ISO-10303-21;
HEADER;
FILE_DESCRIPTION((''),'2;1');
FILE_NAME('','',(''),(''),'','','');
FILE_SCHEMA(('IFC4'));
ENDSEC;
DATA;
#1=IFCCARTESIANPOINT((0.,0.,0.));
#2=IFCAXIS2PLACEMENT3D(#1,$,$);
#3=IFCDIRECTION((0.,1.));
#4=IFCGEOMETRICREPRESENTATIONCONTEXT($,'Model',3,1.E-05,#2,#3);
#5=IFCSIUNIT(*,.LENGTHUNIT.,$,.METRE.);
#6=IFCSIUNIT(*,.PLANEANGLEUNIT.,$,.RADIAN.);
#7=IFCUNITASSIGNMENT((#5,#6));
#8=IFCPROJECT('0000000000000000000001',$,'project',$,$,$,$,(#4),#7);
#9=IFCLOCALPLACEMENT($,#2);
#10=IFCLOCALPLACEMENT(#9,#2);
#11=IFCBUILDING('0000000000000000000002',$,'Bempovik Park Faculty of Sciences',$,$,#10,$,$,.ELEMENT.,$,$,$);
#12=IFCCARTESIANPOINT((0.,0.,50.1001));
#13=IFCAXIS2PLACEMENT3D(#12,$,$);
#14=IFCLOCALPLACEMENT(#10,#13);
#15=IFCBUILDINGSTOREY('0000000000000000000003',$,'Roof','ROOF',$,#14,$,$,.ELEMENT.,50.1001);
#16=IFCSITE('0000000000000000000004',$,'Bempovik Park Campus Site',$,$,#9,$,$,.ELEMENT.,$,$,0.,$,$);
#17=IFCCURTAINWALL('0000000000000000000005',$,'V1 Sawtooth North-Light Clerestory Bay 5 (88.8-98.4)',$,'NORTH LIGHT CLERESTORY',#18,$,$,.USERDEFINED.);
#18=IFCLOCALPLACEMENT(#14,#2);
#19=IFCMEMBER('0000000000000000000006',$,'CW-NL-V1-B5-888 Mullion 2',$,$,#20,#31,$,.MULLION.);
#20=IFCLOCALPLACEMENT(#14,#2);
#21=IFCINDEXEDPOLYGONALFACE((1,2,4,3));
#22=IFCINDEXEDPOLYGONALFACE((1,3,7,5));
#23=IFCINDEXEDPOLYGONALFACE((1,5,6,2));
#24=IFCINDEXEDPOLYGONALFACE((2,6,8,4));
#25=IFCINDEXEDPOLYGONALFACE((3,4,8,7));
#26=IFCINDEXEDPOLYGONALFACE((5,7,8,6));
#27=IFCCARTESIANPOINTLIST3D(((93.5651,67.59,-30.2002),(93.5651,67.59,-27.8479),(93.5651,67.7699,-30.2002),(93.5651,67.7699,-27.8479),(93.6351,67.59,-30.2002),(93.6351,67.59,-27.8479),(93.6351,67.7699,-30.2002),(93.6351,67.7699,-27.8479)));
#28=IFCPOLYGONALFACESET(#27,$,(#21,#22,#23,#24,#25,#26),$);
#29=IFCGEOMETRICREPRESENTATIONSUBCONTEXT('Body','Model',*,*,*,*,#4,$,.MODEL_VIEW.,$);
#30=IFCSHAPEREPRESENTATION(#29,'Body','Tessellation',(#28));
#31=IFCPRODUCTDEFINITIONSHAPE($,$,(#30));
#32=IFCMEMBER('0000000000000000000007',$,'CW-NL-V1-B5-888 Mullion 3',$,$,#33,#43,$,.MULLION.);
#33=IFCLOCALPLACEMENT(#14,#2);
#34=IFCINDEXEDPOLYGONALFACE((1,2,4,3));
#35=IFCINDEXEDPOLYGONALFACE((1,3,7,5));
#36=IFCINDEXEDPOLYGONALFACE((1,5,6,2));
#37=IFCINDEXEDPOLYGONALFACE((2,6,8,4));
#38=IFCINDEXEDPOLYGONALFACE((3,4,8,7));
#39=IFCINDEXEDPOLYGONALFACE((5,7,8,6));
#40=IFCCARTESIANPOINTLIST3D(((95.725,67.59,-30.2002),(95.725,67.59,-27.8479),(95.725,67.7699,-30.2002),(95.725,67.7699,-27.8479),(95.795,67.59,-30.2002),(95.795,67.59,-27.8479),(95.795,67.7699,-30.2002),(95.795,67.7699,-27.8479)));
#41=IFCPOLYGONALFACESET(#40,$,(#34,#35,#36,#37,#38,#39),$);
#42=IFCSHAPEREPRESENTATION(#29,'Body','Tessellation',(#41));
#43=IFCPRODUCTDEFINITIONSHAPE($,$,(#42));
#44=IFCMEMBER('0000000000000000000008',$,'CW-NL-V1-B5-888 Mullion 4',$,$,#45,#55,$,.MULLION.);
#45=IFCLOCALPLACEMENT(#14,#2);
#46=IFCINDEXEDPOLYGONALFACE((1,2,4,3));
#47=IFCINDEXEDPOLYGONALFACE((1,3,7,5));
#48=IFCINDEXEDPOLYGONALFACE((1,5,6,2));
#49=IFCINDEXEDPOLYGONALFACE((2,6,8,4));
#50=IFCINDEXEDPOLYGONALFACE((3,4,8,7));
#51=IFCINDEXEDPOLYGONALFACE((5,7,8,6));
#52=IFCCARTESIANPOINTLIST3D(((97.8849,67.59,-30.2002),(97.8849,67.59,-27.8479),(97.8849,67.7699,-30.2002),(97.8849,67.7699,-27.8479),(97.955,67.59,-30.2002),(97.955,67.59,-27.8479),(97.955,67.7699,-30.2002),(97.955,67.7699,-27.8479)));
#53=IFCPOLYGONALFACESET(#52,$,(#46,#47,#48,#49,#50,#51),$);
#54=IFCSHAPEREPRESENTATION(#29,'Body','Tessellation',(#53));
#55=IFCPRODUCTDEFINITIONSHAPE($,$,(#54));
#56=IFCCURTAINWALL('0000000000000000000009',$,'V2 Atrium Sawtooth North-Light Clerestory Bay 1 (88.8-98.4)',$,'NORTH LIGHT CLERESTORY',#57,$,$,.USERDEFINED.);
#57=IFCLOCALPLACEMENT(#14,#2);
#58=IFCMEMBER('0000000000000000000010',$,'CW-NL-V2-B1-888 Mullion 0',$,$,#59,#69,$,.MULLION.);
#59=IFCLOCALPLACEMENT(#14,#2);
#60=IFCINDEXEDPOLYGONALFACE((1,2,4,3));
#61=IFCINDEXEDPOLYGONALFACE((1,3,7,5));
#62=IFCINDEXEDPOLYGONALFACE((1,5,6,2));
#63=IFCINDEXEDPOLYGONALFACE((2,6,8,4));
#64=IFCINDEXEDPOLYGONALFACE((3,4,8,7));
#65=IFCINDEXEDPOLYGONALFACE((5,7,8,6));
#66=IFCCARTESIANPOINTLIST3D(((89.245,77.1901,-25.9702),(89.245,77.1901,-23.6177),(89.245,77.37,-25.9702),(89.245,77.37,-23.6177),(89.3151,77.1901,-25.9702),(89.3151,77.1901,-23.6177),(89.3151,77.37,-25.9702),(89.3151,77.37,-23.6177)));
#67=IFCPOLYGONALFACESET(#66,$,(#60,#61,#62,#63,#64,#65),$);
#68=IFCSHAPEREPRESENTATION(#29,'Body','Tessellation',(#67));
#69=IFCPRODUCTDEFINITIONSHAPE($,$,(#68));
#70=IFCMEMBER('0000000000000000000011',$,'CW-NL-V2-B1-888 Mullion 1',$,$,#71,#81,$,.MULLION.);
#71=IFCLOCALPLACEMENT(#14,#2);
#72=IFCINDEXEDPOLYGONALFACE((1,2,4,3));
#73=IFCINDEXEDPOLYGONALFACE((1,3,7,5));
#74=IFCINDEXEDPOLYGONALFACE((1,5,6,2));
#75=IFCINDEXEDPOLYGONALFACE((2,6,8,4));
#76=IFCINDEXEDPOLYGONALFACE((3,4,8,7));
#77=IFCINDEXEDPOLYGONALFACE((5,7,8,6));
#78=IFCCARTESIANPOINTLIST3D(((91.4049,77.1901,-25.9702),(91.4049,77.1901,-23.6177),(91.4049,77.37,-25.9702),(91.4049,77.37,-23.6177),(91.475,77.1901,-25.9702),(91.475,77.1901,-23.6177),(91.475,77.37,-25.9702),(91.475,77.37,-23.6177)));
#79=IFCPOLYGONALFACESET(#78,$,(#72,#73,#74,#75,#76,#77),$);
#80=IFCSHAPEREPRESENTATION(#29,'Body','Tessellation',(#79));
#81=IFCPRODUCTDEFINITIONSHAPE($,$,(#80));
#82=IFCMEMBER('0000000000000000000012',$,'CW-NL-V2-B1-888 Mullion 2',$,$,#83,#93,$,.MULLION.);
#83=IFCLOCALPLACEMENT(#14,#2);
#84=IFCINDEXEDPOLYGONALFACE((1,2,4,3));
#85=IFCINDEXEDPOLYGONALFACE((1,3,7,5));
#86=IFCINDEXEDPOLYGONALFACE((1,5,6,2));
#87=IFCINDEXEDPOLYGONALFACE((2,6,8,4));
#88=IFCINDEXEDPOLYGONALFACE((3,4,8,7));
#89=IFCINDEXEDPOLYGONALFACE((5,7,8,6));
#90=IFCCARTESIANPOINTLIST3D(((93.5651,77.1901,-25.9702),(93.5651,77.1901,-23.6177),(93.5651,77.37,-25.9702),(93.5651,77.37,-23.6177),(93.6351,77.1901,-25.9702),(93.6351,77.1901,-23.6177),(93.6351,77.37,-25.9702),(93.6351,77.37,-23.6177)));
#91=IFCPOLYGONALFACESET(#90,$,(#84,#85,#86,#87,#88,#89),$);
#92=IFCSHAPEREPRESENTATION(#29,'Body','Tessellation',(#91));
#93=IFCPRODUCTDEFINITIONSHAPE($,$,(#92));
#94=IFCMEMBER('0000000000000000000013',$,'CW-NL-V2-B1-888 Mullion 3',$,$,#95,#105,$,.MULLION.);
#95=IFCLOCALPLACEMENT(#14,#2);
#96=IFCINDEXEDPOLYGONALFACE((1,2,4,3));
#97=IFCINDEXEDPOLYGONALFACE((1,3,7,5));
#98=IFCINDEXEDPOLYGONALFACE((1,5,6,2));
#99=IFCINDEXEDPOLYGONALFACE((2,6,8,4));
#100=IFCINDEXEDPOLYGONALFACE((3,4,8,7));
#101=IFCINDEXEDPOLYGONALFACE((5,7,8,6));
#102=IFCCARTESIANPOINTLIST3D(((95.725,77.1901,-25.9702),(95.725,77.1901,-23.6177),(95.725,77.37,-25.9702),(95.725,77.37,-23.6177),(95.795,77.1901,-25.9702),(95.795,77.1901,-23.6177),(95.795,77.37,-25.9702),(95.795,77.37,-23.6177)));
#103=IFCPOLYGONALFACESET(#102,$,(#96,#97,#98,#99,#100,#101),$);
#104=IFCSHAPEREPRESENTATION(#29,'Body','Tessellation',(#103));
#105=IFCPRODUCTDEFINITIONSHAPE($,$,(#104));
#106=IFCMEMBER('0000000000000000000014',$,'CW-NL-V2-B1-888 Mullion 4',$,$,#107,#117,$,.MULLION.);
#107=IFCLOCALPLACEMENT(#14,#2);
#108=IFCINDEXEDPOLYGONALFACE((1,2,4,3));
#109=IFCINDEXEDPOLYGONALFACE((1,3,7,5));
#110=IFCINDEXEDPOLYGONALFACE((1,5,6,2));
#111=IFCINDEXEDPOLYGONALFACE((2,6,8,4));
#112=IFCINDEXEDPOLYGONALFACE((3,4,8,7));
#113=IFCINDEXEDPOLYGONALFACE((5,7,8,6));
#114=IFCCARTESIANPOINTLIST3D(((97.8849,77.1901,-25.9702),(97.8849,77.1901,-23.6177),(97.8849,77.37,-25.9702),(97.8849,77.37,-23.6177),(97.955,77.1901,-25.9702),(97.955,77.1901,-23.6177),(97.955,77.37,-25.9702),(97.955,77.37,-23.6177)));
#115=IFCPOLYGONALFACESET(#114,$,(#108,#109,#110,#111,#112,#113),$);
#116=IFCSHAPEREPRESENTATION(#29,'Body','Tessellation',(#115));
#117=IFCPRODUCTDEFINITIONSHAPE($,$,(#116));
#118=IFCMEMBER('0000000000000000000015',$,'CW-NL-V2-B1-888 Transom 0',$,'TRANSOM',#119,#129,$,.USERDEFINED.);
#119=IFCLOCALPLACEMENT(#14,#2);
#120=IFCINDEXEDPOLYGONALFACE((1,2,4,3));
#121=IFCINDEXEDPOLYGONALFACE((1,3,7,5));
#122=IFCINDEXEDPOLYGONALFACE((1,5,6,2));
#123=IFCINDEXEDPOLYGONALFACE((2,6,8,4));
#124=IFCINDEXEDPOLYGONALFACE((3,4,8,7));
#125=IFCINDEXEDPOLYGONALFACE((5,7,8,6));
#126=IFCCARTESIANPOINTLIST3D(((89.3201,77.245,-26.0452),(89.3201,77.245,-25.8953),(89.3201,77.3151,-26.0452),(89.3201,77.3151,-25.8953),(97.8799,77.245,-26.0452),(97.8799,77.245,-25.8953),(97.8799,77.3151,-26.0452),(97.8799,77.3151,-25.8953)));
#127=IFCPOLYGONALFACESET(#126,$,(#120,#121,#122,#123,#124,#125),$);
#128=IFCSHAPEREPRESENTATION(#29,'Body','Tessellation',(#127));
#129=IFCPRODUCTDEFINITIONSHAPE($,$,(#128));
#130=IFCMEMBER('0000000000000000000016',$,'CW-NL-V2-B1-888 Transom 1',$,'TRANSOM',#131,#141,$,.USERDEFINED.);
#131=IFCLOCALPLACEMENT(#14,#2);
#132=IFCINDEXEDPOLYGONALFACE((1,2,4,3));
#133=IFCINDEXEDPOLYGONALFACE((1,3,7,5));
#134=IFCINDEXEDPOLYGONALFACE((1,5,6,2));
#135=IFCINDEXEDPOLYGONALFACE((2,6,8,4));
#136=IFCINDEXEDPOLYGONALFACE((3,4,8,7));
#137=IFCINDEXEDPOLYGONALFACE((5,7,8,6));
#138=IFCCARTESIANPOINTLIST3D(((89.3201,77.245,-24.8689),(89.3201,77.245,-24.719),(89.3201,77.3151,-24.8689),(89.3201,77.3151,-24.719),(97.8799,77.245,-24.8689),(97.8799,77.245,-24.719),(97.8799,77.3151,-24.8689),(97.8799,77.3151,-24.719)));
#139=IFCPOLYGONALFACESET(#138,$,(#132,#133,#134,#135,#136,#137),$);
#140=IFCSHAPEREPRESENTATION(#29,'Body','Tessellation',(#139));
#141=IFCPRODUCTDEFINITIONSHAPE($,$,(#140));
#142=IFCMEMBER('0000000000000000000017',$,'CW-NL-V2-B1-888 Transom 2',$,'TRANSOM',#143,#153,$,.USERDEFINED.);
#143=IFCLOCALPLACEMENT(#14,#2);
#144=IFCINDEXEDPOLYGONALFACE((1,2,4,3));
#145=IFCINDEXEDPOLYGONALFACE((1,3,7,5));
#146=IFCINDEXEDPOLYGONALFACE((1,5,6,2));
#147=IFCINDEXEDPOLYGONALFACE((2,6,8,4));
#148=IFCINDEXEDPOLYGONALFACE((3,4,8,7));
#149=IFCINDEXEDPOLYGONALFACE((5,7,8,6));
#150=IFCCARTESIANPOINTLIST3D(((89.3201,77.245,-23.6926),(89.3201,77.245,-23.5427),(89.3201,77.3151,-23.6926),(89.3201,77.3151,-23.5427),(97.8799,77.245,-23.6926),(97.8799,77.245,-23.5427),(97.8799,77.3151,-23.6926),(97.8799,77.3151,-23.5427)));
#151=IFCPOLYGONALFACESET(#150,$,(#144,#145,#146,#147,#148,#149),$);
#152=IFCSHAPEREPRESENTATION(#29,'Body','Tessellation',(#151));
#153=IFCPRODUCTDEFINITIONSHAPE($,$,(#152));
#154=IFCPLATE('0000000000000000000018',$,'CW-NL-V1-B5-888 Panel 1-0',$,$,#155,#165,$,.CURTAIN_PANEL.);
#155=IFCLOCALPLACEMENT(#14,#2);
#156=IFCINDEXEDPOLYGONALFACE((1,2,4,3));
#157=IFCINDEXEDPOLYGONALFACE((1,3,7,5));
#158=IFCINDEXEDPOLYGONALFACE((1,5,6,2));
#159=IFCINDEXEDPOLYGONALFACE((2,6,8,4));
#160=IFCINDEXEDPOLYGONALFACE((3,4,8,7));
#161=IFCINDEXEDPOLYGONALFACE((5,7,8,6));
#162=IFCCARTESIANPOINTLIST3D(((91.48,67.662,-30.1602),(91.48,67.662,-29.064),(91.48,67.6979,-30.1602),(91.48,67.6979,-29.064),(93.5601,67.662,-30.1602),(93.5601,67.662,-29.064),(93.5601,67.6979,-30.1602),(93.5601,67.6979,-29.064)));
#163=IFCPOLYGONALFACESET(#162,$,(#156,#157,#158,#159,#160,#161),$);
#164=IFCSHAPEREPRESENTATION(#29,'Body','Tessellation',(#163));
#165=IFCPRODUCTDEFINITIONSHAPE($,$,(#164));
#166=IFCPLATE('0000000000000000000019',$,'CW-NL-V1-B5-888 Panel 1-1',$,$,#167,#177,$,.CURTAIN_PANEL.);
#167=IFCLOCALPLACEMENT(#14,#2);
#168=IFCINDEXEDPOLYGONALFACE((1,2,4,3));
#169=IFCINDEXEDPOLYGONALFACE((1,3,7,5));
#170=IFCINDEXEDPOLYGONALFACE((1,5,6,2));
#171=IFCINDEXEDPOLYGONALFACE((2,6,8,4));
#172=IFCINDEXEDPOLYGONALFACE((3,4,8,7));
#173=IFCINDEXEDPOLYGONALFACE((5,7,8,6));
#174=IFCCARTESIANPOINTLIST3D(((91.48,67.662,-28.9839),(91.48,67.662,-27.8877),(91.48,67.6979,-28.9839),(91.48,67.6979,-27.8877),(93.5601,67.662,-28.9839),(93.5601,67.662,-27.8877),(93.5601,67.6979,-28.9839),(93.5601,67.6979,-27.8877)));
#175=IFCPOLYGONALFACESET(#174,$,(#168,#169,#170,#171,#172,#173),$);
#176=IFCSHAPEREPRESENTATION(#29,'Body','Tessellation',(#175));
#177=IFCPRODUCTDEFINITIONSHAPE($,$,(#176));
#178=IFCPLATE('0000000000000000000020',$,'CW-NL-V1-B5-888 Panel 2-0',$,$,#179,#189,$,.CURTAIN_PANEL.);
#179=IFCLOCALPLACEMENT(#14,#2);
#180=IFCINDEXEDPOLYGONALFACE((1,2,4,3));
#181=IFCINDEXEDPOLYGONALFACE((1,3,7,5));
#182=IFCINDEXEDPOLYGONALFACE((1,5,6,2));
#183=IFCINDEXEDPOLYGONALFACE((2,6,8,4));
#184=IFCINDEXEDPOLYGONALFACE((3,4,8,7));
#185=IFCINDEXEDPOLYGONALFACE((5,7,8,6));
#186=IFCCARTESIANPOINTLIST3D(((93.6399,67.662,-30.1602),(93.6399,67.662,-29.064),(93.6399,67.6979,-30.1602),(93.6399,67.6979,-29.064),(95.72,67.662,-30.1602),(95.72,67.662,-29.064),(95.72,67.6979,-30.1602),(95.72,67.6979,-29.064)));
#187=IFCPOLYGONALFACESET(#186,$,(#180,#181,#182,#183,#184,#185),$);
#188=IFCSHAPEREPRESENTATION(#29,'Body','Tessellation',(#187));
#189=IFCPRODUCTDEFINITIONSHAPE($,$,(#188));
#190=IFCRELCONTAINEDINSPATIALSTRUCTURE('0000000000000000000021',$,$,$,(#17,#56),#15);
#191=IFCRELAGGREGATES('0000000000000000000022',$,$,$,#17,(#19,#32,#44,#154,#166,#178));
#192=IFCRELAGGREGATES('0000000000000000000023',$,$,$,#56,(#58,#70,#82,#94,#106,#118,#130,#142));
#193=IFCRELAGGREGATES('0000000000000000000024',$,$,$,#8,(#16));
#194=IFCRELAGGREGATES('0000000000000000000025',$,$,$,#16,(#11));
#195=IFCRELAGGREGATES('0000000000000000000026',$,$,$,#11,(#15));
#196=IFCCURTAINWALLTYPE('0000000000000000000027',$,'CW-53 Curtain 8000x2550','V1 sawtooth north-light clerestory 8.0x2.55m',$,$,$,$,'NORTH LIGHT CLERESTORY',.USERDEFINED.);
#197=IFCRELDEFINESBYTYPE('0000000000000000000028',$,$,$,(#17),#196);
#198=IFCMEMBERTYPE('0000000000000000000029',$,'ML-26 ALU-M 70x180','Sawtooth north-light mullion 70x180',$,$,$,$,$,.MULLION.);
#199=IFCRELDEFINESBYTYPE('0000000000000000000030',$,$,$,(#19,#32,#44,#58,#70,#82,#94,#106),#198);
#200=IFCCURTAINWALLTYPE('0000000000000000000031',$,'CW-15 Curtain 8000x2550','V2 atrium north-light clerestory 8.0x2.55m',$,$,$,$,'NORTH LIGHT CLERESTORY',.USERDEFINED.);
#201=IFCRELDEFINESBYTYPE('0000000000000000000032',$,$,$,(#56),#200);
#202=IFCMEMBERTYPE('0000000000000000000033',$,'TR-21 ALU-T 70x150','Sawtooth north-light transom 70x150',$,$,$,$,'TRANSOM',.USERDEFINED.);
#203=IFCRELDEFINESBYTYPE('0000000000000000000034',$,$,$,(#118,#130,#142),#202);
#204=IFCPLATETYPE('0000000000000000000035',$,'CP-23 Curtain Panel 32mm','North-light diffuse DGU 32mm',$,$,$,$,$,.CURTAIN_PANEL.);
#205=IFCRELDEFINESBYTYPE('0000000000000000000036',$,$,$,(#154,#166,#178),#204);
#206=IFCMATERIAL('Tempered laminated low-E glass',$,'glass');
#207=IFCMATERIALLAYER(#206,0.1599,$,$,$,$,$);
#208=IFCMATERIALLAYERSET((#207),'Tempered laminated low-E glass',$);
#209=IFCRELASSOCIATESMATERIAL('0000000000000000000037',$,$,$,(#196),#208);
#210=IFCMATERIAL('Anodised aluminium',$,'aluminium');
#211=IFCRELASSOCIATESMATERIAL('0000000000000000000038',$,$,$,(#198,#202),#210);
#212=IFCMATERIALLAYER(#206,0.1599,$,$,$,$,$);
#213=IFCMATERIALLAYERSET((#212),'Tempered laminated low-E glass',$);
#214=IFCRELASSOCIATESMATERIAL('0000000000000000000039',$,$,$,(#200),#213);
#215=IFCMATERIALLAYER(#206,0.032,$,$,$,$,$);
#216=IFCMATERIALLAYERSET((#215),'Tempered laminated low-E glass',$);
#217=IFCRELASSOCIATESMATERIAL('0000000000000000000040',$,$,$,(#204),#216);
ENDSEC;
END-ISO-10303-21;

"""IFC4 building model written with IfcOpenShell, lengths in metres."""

from ifc_helpers import new_model, si_unit, direction, frame, origin, origin_2d, place, context, subcontext, project, spatial, rectangle, extrude, material, layer, layer_set, material_profile, profile_set, type_object, element, aggregate, save


model = new_model("IFC4")

# Units and contexts
model_context = context("Model", 3, precision=1e-05, world=origin(), true_north=direction((0.0, 1.0)))
body_context = subcontext(model_context, "Body", "Model", "MODEL_VIEW")
ifc_project = project(units=[si_unit("LENGTHUNIT", "METRE"), si_unit("PLANEANGLEUNIT", "RADIAN")], contexts=[model_context])

# Site, building, storey
site_placement = place(None, origin())
site = spatial("IfcSite", under=ifc_project, at=site_placement, Name="Bempovik Park Campus Site", CompositionType="ELEMENT", RefElevation=0.0)
building_placement = place(site_placement, origin())
building = spatial("IfcBuilding", under=site, at=building_placement, Name="Bempovik Park Faculty of Sciences", CompositionType="ELEMENT")
storey_placement = place(building_placement, frame((0.0, 0.0, 50.1001)))
storey = spatial("IfcBuildingStorey", under=building, at=storey_placement, Name="Roof", Description="ROOF", CompositionType="ELEMENT", Elevation=50.1001)

# Curtain walls, members
ifc_material_1 = material(Name="Tempered laminated low-E glass", Category="glass")
ifc_layer_1 = layer(ifc_material_1, 0.1599)
ifc_layer_set_1 = layer_set([ifc_layer_1], Name="Tempered laminated low-E glass")
curtain_wall_type_1 = type_object("IfcCurtainWallType", Name="CW-53 Curtain 8000x2550", Description="V1 sawtooth north-light clerestory 8.0x2.55m", ElementType="NORTH LIGHT CLERESTORY", PredefinedType="USERDEFINED", material=ifc_layer_set_1)
curtain_wall_1_placement = place(storey_placement, origin())
curtain_wall_1 = element("IfcCurtainWall", 1, at=curtain_wall_1_placement, inside=storey, type_object=curtain_wall_type_1, Name="V1 Sawtooth North-Light Clerestory Bay 5 (88.8-98.4)", ObjectType="NORTH LIGHT CLERESTORY", PredefinedType="USERDEFINED")
ifc_material_2 = material(Name="Anodised aluminium", Category="aluminium")
ifc_material_profile_1 = material_profile(ifc_material_2, rectangle(XDim=0.0701, YDim=0.1799, at=origin_2d()), Name="ALU-M 70x180")
ifc_profile_set_1 = profile_set([ifc_material_profile_1], Name="Anodised aluminium")
member_type_1 = type_object("IfcMemberType", Name="ML-26 ALU-M 70x180", Description="Sawtooth north-light mullion 70x180", PredefinedType="MULLION", material=ifc_profile_set_1)
member_1_placement = place(storey_placement, frame((93.6001, 67.6799, -30.2002), z_axis=(0.0, 0.0, 1.0), x_axis=(1.0, 0.0, 0.0)))
member_1 = element("IfcMember", 2, at=member_1_placement, type_object=member_type_1, Name="CW-NL-V1-B5-888 Mullion 2", PredefinedType="MULLION", context=body_context, shape_type="SweptSolid", body=[
    extrude(rectangle(XDim=0.0701, YDim=0.1799, at=origin_2d()), origin(), (0.0, 0.0, 1.0), 2.3523),
])
member_2_placement = place(storey_placement, frame((95.76, 67.6799, -30.2002), z_axis=(0.0, 0.0, 1.0), x_axis=(1.0, 0.0, 0.0)))
member_2 = element("IfcMember", 3, at=member_2_placement, type_object=member_type_1, Name="CW-NL-V1-B5-888 Mullion 3", PredefinedType="MULLION", context=body_context, shape_type="SweptSolid", body=[
    extrude(rectangle(XDim=0.0701, YDim=0.1799, at=origin_2d()), origin(), (0.0, 0.0, 1.0), 2.3523),
])
member_3_placement = place(storey_placement, frame((97.9199, 67.6799, -30.2002), z_axis=(0.0, 0.0, 1.0), x_axis=(1.0, 0.0, 0.0)))
member_3 = element("IfcMember", 4, at=member_3_placement, type_object=member_type_1, Name="CW-NL-V1-B5-888 Mullion 4", PredefinedType="MULLION", context=body_context, shape_type="SweptSolid", body=[
    extrude(rectangle(XDim=0.0701, YDim=0.1799, at=origin_2d()), origin(), (0.0, 0.0, 1.0), 2.3523),
])
ifc_layer_2 = layer(ifc_material_1, 0.1599)
ifc_layer_set_2 = layer_set([ifc_layer_2], Name="Tempered laminated low-E glass")
curtain_wall_type_2 = type_object("IfcCurtainWallType", Name="CW-15 Curtain 8000x2550", Description="V2 atrium north-light clerestory 8.0x2.55m", ElementType="NORTH LIGHT CLERESTORY", PredefinedType="USERDEFINED", material=ifc_layer_set_2)
curtain_wall_2_placement = place(storey_placement, origin())
curtain_wall_2 = element("IfcCurtainWall", 5, at=curtain_wall_2_placement, inside=storey, type_object=curtain_wall_type_2, Name="V2 Atrium Sawtooth North-Light Clerestory Bay 1 (88.8-98.4)", ObjectType="NORTH LIGHT CLERESTORY", PredefinedType="USERDEFINED")
member_4_placement = place(storey_placement, frame((89.28, 77.28, -25.9702), z_axis=(0.0, 0.0, 1.0), x_axis=(1.0, 0.0, 0.0)))
member_4 = element("IfcMember", 6, at=member_4_placement, type_object=member_type_1, Name="CW-NL-V2-B1-888 Mullion 0", PredefinedType="MULLION", context=body_context, shape_type="SweptSolid", body=[
    extrude(rectangle(XDim=0.0701, YDim=0.1799, at=origin_2d()), origin(), (0.0, 0.0, 1.0), 2.3525),
])
member_5_placement = place(storey_placement, frame((91.4399, 77.28, -25.9702), z_axis=(0.0, 0.0, 1.0), x_axis=(1.0, 0.0, 0.0)))
member_5 = element("IfcMember", 7, at=member_5_placement, type_object=member_type_1, Name="CW-NL-V2-B1-888 Mullion 1", PredefinedType="MULLION", context=body_context, shape_type="SweptSolid", body=[
    extrude(rectangle(XDim=0.0701, YDim=0.1799, at=origin_2d()), origin(), (0.0, 0.0, 1.0), 2.3525),
])
member_6_placement = place(storey_placement, frame((93.6001, 77.28, -25.9702), z_axis=(0.0, 0.0, 1.0), x_axis=(1.0, 0.0, 0.0)))
member_6 = element("IfcMember", 8, at=member_6_placement, type_object=member_type_1, Name="CW-NL-V2-B1-888 Mullion 2", PredefinedType="MULLION", context=body_context, shape_type="SweptSolid", body=[
    extrude(rectangle(XDim=0.0701, YDim=0.1799, at=origin_2d()), origin(), (0.0, 0.0, 1.0), 2.3525),
])
member_7_placement = place(storey_placement, frame((95.76, 77.28, -25.9702), z_axis=(0.0, 0.0, 1.0), x_axis=(1.0, 0.0, 0.0)))
member_7 = element("IfcMember", 9, at=member_7_placement, type_object=member_type_1, Name="CW-NL-V2-B1-888 Mullion 3", PredefinedType="MULLION", context=body_context, shape_type="SweptSolid", body=[
    extrude(rectangle(XDim=0.0701, YDim=0.1799, at=origin_2d()), origin(), (0.0, 0.0, 1.0), 2.3525),
])
member_8_placement = place(storey_placement, frame((97.9199, 77.28, -25.9702), z_axis=(0.0, 0.0, 1.0), x_axis=(1.0, 0.0, 0.0)))
member_8 = element("IfcMember", 10, at=member_8_placement, type_object=member_type_1, Name="CW-NL-V2-B1-888 Mullion 4", PredefinedType="MULLION", context=body_context, shape_type="SweptSolid", body=[
    extrude(rectangle(XDim=0.0701, YDim=0.1799, at=origin_2d()), origin(), (0.0, 0.0, 1.0), 2.3525),
])
ifc_material_profile_2 = material_profile(ifc_material_2, rectangle(XDim=0.0701, YDim=0.1499, at=origin_2d()), Name="ALU-T 70x150")
ifc_profile_set_2 = profile_set([ifc_material_profile_2], Name="Anodised aluminium")
member_type_2 = type_object("IfcMemberType", Name="TR-21 ALU-T 70x150", Description="Sawtooth north-light transom 70x150", ElementType="TRANSOM", PredefinedType="USERDEFINED", material=ifc_profile_set_2)
member_9_placement = place(storey_placement, frame((89.3201, 77.28, -25.9702), z_axis=(1.0, 0.0, 0.0), x_axis=(0.0, 1.0, 0.0)))
member_9 = element("IfcMember", 11, at=member_9_placement, type_object=member_type_2, Name="CW-NL-V2-B1-888 Transom 0", ObjectType="TRANSOM", PredefinedType="USERDEFINED", context=body_context, shape_type="SweptSolid", body=[
    extrude(rectangle(XDim=0.0701, YDim=0.1499, at=origin_2d()), origin(), (0.0, 0.0, 1.0), 8.5598),
])
member_10_placement = place(storey_placement, frame((89.3201, 77.28, -24.7939), z_axis=(1.0, 0.0, 0.0), x_axis=(0.0, 1.0, 0.0)))
member_10 = element("IfcMember", 12, at=member_10_placement, type_object=member_type_2, Name="CW-NL-V2-B1-888 Transom 1", ObjectType="TRANSOM", PredefinedType="USERDEFINED", context=body_context, shape_type="SweptSolid", body=[
    extrude(rectangle(XDim=0.0701, YDim=0.1499, at=origin_2d()), origin(), (0.0, 0.0, 1.0), 8.5598),
])
member_11_placement = place(storey_placement, frame((89.3201, 77.28, -23.6177), z_axis=(1.0, 0.0, 0.0), x_axis=(0.0, 1.0, 0.0)))
member_11 = element("IfcMember", 13, at=member_11_placement, type_object=member_type_2, Name="CW-NL-V2-B1-888 Transom 2", ObjectType="TRANSOM", PredefinedType="USERDEFINED", context=body_context, shape_type="SweptSolid", body=[
    extrude(rectangle(XDim=0.0701, YDim=0.1499, at=origin_2d()), origin(), (0.0, 0.0, 1.0), 8.5598),
])

# Plates
ifc_layer_3 = layer(ifc_material_1, 0.032)
ifc_layer_set_3 = layer_set([ifc_layer_3], Name="Tempered laminated low-E glass")
plate_type = type_object("IfcPlateType", Name="CP-23 Curtain Panel 32mm", Description="North-light diffuse DGU 32mm", PredefinedType="CURTAIN_PANEL", material=ifc_layer_set_3)
plate_1_placement = place(storey_placement, frame((92.52, 67.6799, -30.1602), z_axis=(0.0, 0.0, 1.0), x_axis=(1.0, 0.0, 0.0)))
plate_1 = element("IfcPlate", 14, at=plate_1_placement, type_object=plate_type, Name="CW-NL-V1-B5-888 Panel 1-0", PredefinedType="CURTAIN_PANEL", context=body_context, shape_type="SweptSolid", body=[
    extrude(rectangle(XDim=2.0801, YDim=0.0359, at=origin_2d()), origin(), (0.0, 0.0, 1.0), 1.0962),
])
plate_2_placement = place(storey_placement, frame((92.52, 67.6799, -28.9839), z_axis=(0.0, 0.0, 1.0), x_axis=(1.0, 0.0, 0.0)))
plate_2 = element("IfcPlate", 15, at=plate_2_placement, type_object=plate_type, Name="CW-NL-V1-B5-888 Panel 1-1", PredefinedType="CURTAIN_PANEL", context=body_context, shape_type="SweptSolid", body=[
    extrude(rectangle(XDim=2.0801, YDim=0.0359, at=origin_2d()), origin(), (0.0, 0.0, 1.0), 1.0962),
])
plate_3_placement = place(storey_placement, frame((94.6799, 67.6799, -30.1602), z_axis=(0.0, 0.0, 1.0), x_axis=(1.0, 0.0, 0.0)))
plate_3 = element("IfcPlate", 16, at=plate_3_placement, type_object=plate_type, Name="CW-NL-V1-B5-888 Panel 2-0", PredefinedType="CURTAIN_PANEL", context=body_context, shape_type="SweptSolid", body=[
    extrude(rectangle(XDim=2.0801, YDim=0.0359, at=origin_2d()), origin(), (0.0, 0.0, 1.0), 1.0962),
])
aggregate(curtain_wall_1, [member_1, member_2, member_3, plate_1, plate_2, plate_3])
aggregate(curtain_wall_2, [member_4, member_5, member_6, member_7, member_8, member_9, member_10, member_11])

save(model, "model.ifc")
